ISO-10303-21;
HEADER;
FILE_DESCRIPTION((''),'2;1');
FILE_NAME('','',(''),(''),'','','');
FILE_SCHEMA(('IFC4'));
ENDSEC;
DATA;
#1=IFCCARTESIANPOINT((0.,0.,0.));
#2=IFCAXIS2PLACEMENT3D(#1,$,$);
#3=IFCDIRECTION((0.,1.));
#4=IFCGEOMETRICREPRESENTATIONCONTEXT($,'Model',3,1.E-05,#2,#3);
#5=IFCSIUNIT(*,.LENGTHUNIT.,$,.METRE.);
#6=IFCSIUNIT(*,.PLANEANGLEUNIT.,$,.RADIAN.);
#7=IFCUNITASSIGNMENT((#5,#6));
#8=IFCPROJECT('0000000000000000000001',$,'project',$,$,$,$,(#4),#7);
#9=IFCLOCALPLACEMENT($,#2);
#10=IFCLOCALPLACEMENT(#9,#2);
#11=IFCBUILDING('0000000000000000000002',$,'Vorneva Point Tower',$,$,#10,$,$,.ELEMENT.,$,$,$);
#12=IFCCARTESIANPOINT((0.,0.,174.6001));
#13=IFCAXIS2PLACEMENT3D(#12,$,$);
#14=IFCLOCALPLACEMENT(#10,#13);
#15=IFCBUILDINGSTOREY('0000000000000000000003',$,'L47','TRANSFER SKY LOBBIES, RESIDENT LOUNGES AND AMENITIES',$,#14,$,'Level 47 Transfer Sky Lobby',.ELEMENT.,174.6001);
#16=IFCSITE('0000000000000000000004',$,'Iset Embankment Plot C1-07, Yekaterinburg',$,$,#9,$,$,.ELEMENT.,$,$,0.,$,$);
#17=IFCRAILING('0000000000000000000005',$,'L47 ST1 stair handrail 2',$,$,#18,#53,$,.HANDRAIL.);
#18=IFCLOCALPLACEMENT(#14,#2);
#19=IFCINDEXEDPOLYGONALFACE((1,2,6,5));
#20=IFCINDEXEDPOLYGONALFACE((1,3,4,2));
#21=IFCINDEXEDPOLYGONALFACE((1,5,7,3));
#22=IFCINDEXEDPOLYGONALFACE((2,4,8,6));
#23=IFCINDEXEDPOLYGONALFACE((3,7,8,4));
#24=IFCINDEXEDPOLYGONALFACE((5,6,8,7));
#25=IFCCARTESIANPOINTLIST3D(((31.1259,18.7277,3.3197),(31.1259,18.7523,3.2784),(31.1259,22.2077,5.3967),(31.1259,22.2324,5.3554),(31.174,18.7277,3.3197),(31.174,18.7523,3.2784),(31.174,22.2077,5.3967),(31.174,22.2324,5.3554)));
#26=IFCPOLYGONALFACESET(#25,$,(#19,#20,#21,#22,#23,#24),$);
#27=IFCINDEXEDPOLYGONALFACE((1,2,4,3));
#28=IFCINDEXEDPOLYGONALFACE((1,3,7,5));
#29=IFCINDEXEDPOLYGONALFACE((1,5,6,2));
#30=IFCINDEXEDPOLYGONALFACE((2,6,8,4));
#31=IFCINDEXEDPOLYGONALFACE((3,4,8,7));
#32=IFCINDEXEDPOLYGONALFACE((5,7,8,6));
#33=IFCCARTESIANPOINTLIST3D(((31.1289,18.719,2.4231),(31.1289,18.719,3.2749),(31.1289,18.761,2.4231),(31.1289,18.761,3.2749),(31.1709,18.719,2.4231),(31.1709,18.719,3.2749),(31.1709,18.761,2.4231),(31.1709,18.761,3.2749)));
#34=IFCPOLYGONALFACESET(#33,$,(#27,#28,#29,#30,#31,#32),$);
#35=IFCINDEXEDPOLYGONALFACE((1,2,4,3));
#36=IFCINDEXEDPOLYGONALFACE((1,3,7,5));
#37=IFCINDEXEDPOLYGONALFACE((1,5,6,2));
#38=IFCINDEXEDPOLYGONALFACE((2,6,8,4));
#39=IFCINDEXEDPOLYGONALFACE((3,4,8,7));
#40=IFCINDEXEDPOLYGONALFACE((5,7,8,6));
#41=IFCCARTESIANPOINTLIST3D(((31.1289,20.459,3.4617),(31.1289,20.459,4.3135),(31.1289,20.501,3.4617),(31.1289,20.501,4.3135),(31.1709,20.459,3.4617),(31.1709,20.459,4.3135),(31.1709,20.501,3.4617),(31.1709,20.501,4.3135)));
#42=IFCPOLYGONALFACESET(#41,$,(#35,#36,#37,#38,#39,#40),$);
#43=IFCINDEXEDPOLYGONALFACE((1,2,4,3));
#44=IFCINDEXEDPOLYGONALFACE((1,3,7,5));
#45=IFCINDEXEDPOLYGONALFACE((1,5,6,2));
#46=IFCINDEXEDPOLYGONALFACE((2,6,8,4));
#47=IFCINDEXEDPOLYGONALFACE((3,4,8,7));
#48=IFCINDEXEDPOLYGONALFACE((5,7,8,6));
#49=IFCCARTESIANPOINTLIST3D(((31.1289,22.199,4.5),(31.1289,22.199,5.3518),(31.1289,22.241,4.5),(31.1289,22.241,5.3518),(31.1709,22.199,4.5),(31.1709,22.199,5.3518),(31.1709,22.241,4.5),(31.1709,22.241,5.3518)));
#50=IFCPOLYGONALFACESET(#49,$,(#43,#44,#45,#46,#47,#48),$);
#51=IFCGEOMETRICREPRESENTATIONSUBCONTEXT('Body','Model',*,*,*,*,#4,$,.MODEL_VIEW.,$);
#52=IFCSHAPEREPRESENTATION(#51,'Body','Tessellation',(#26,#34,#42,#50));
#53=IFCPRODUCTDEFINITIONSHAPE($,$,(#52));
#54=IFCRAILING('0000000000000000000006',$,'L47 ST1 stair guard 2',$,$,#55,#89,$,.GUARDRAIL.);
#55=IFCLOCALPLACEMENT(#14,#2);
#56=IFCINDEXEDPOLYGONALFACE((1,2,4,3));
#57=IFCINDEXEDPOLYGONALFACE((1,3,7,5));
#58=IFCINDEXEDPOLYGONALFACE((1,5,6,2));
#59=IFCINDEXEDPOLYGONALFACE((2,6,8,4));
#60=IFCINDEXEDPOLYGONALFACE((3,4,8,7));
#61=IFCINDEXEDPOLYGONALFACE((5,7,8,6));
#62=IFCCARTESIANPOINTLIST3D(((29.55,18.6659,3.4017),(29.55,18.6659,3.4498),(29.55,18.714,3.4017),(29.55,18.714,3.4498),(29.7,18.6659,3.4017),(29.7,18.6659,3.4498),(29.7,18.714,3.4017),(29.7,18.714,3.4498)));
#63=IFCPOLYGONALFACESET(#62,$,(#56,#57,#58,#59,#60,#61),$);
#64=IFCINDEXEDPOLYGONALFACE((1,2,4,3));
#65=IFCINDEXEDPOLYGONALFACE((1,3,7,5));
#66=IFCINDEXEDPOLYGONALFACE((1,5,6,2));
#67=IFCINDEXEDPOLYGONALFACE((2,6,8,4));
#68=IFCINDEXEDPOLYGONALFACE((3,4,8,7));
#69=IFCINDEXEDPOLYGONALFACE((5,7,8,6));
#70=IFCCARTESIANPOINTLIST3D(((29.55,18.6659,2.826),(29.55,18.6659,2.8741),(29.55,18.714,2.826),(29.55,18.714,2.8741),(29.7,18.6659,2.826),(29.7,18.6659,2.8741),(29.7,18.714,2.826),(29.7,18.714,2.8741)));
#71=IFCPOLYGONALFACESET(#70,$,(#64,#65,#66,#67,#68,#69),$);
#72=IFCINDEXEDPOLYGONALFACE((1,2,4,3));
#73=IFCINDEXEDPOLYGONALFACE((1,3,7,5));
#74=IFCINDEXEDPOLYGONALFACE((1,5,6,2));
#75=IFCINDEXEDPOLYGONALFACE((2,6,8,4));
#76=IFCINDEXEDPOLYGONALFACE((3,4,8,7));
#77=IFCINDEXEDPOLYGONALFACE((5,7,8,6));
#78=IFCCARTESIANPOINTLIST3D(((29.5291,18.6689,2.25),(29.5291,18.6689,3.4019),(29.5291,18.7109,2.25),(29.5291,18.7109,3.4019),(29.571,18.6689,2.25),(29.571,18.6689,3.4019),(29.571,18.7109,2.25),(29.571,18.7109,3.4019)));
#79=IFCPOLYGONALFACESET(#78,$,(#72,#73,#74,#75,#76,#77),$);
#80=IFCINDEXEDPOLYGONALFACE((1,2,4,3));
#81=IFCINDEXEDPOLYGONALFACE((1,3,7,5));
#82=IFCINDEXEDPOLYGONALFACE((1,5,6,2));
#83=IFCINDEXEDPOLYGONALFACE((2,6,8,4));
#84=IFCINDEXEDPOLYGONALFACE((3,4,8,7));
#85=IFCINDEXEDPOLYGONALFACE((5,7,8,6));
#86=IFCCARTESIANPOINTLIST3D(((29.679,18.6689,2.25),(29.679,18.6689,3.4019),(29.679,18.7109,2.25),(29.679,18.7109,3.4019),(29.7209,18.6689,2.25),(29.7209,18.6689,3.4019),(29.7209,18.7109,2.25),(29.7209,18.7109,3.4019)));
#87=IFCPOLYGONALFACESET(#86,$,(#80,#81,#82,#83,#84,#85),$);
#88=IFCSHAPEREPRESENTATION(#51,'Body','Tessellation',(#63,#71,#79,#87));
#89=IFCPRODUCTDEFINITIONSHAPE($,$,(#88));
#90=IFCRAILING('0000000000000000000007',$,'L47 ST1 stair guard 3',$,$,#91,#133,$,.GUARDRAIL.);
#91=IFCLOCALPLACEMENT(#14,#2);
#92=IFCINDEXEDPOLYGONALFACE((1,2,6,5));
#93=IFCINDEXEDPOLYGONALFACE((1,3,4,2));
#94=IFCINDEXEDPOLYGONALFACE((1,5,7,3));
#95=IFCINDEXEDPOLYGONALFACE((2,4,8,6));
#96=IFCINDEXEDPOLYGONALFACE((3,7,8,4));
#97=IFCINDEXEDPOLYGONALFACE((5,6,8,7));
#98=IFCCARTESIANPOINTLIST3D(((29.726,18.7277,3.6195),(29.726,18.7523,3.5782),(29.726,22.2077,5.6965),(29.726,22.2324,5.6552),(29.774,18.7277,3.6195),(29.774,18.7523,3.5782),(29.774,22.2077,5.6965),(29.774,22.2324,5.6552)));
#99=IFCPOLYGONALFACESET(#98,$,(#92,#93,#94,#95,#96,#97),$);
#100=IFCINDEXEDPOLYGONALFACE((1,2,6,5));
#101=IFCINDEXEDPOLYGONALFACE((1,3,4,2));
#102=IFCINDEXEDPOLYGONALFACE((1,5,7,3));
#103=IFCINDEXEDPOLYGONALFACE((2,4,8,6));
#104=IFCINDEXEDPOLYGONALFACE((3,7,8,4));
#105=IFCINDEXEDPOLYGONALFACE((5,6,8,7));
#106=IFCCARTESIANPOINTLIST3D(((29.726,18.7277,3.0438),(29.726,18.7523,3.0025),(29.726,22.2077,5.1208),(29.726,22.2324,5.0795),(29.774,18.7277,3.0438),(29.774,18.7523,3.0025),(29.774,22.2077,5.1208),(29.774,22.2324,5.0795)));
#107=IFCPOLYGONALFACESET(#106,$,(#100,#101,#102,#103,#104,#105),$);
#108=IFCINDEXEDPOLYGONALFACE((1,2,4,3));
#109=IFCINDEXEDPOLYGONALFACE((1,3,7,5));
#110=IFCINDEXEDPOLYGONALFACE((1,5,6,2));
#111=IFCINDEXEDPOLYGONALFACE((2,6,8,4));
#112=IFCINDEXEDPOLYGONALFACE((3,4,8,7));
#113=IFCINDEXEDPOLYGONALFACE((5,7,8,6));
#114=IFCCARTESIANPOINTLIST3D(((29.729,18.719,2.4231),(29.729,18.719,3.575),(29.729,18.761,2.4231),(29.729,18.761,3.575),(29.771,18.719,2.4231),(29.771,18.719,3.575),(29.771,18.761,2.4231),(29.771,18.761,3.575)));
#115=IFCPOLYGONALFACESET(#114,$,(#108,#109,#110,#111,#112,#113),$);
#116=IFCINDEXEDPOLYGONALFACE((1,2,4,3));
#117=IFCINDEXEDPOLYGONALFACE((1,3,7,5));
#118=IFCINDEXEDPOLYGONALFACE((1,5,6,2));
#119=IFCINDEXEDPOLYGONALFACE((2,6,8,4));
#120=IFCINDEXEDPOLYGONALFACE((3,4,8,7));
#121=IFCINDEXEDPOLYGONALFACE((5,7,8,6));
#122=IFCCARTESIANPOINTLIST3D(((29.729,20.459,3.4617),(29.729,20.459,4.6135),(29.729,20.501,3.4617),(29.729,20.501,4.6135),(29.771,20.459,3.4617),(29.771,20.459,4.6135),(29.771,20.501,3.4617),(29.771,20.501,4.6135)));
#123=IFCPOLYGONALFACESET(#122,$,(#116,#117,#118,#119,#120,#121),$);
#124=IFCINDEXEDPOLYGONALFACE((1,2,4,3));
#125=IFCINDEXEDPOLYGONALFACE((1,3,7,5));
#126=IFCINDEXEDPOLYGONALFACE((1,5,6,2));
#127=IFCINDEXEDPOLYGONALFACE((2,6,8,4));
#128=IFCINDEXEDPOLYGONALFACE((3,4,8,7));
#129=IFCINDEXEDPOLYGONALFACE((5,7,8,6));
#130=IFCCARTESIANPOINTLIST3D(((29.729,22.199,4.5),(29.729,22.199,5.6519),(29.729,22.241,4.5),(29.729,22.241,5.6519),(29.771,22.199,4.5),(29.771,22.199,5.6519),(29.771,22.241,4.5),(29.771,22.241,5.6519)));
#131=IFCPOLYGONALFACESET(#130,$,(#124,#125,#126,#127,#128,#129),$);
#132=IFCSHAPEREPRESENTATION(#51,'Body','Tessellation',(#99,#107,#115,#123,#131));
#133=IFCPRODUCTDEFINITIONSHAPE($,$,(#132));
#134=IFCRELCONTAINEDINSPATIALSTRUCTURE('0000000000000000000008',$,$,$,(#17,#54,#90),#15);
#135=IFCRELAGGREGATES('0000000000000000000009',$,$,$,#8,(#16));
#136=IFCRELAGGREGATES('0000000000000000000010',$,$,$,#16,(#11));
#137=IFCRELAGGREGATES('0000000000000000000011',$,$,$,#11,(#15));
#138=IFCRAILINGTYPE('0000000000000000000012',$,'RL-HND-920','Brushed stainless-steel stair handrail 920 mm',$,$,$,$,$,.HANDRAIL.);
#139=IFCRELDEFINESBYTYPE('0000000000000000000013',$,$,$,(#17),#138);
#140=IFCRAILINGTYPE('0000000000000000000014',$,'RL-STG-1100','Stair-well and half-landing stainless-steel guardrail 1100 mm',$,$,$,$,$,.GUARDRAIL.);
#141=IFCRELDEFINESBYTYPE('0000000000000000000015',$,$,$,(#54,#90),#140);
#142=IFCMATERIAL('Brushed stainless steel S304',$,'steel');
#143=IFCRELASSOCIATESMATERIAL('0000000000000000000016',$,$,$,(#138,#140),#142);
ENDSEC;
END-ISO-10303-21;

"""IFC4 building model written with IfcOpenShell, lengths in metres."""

from ifc_helpers import new_model, si_unit, direction, frame, origin, origin_2d, place, context, subcontext, project, spatial, rectangle, extrude, material, type_object, element, save


model = new_model("IFC4")

# Units and contexts
model_context = context("Model", 3, precision=1e-05, world=origin(), true_north=direction((0.0, 1.0)))
body_context = subcontext(model_context, "Body", "Model", "MODEL_VIEW")
ifc_project = project(units=[si_unit("LENGTHUNIT", "METRE"), si_unit("PLANEANGLEUNIT", "RADIAN")], contexts=[model_context])

# Site, building, storey
site_placement = place(None, origin())
site = spatial("IfcSite", under=ifc_project, at=site_placement, Name="Iset Embankment Plot C1-07, Yekaterinburg", CompositionType="ELEMENT", RefElevation=0.0)
building_placement = place(site_placement, origin())
building = spatial("IfcBuilding", under=site, at=building_placement, Name="Vorneva Point Tower", CompositionType="ELEMENT")
storey_placement = place(building_placement, frame((0.0, 0.0, 174.6001)))
storey = spatial("IfcBuildingStorey", under=building, at=storey_placement, Name="L47", Description="TRANSFER SKY LOBBIES, RESIDENT LOUNGES AND AMENITIES", LongName="Level 47 Transfer Sky Lobby", CompositionType="ELEMENT", Elevation=174.6001)

# Railings
ifc_material_1 = material(Name="Brushed stainless steel S304", Category="steel")
railing_type_1 = type_object("IfcRailingType", Name="RL-HND-920", Description="Brushed stainless-steel stair handrail 920 mm", PredefinedType="HANDRAIL", material=ifc_material_1)
railing_1_placement = place(storey_placement, frame((31.1499, 18.74, 2.4231)))
element("IfcRailing", 1, at=railing_1_placement, inside=storey, type_object=railing_type_1, Name="L47 ST1 stair handrail 2", PredefinedType="HANDRAIL", context=body_context, shape_type="SweptSolid", body=[
    extrude(rectangle(XDim=0.0481, YDim=0.0481, at=origin_2d()), frame((0.0, 0.0, 0.876), z_axis=(0.0, 0.858697, 0.512483), x_axis=(-1.0, 0.0, 0.0)), (0.0, 0.0, 1.0), 4.0527),
    extrude(rectangle(XDim=0.042, YDim=0.042, at=origin_2d()), origin(), (0.0, 0.0, 1.0), 0.8518),
    extrude(rectangle(XDim=0.042, YDim=0.042, at=origin_2d()), frame((0.0, 1.74, 1.0386)), (0.0, 0.0, 1.0), 0.8518),
    extrude(rectangle(XDim=0.042, YDim=0.042, at=origin_2d()), frame((0.0, 3.48, 2.0769)), (0.0, 0.0, 1.0), 0.8518),
])
railing_type_2 = type_object("IfcRailingType", Name="RL-STG-1100", Description="Stair-well and half-landing stainless-steel guardrail 1100 mm", PredefinedType="GUARDRAIL", material=ifc_material_1)
railing_2_placement = place(storey_placement, frame((29.55, 18.6899, 2.25)))
element("IfcRailing", 2, at=railing_2_placement, inside=storey, type_object=railing_type_2, Name="L47 ST1 stair guard 2", PredefinedType="GUARDRAIL", context=body_context, shape_type="SweptSolid", body=[
    extrude(rectangle(XDim=0.0481, YDim=0.0481, at=origin_2d()), frame((0.0, 0.0, 1.1758), z_axis=(1.0, 0.0, 0.0), x_axis=(0.0, 1.0, 0.0)), (0.0, 0.0, 1.0), 0.1499),
    extrude(rectangle(XDim=0.0481, YDim=0.0481, at=origin_2d()), frame((0.0, 0.0, 0.6001), z_axis=(1.0, 0.0, 0.0), x_axis=(0.0, 1.0, 0.0)), (0.0, 0.0, 1.0), 0.1499),
    extrude(rectangle(XDim=0.042, YDim=0.042, at=origin_2d()), origin(), (0.0, 0.0, 1.0), 1.1519),
    extrude(rectangle(XDim=0.042, YDim=0.042, at=origin_2d()), frame((0.1499, 0.0, 0.0)), (0.0, 0.0, 1.0), 1.1519),
])
railing_3_placement = place(storey_placement, frame((29.75, 18.74, 2.4231)))
element("IfcRailing", 3, at=railing_3_placement, inside=storey, type_object=railing_type_2, Name="L47 ST1 stair guard 3", PredefinedType="GUARDRAIL", context=body_context, shape_type="SweptSolid", body=[
    extrude(rectangle(XDim=0.0481, YDim=0.0481, at=origin_2d()), frame((0.0, 0.0, 1.1758), z_axis=(0.0, 0.858697, 0.512483), x_axis=(-1.0, 0.0, 0.0)), (0.0, 0.0, 1.0), 4.0527),
    extrude(rectangle(XDim=0.0481, YDim=0.0481, at=origin_2d()), frame((0.0, 0.0, 0.6001), z_axis=(0.0, 0.858697, 0.512483), x_axis=(-1.0, 0.0, 0.0)), (0.0, 0.0, 1.0), 4.0527),
    extrude(rectangle(XDim=0.042, YDim=0.042, at=origin_2d()), origin(), (0.0, 0.0, 1.0), 1.1519),
    extrude(rectangle(XDim=0.042, YDim=0.042, at=origin_2d()), frame((0.0, 1.74, 1.0386)), (0.0, 0.0, 1.0), 1.1519),
    extrude(rectangle(XDim=0.042, YDim=0.042, at=origin_2d()), frame((0.0, 3.48, 2.0769)), (0.0, 0.0, 1.0), 1.1519),
])

save(model, "model.ifc")
